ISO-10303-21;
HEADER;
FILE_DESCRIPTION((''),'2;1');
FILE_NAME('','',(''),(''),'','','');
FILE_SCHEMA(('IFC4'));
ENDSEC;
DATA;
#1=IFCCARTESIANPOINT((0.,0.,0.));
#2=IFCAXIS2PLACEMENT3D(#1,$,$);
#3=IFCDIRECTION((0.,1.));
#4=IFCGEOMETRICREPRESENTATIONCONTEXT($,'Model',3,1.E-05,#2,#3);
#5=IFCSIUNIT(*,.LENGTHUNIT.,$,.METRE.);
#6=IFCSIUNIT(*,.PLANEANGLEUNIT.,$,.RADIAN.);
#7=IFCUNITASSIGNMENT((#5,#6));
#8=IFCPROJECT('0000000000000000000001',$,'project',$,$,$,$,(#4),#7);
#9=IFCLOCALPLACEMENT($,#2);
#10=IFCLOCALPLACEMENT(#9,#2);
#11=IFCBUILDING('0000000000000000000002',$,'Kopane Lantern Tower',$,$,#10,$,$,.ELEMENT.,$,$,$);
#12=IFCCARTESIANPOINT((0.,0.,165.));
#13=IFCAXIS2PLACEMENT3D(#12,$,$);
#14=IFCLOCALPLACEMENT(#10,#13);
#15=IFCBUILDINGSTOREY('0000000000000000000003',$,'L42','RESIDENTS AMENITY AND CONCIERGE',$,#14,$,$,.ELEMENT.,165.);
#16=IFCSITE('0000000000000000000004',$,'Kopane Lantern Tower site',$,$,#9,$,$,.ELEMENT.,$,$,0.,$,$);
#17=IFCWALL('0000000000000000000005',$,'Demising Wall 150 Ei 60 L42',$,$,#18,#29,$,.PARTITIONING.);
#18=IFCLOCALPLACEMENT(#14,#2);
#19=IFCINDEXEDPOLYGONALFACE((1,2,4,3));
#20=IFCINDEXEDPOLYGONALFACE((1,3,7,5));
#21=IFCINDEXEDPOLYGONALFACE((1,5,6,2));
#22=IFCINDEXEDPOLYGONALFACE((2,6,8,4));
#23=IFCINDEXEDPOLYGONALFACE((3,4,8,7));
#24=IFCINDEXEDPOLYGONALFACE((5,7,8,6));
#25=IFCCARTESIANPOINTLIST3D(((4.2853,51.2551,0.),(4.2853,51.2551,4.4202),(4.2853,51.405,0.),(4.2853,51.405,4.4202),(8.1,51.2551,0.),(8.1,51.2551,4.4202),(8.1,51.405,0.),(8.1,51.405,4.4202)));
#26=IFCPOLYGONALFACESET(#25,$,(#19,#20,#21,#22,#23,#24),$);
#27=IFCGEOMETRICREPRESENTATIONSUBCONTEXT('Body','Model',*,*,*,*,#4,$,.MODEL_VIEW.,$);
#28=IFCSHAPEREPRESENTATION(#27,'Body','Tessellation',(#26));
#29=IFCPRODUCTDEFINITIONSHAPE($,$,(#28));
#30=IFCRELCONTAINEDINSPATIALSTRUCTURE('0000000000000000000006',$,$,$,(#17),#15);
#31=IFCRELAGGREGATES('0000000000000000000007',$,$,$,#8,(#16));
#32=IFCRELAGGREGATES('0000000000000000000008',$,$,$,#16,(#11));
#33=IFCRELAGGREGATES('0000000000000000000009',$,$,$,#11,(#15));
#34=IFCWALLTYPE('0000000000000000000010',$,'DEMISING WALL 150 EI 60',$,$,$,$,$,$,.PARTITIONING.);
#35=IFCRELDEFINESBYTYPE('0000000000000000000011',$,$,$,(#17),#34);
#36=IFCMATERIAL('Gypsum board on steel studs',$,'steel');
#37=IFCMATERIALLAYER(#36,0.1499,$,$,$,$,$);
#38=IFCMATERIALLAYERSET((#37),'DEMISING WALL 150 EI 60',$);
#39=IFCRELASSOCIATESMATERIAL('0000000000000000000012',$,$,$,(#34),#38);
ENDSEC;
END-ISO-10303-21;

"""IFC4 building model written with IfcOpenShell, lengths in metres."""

from ifc_helpers import new_model, si_unit, direction, frame, frame_2d, origin, place, context, subcontext, project, spatial, rectangle, extrude, material, layer, layer_set, type_object, element, save


model = new_model("IFC4")

# Units and contexts
model_context = context("Model", 3, precision=1e-05, world=origin(), true_north=direction((0.0, 1.0)))
body_context = subcontext(model_context, "Body", "Model", "MODEL_VIEW")
ifc_project = project(units=[si_unit("LENGTHUNIT", "METRE"), si_unit("PLANEANGLEUNIT", "RADIAN")], contexts=[model_context])

# Site, building, storey
site_placement = place(None, origin())
site = spatial("IfcSite", under=ifc_project, at=site_placement, Name="Kopane Lantern Tower site", CompositionType="ELEMENT", RefElevation=0.0)
building_placement = place(site_placement, origin())
building = spatial("IfcBuilding", under=site, at=building_placement, Name="Kopane Lantern Tower", CompositionType="ELEMENT")
storey_placement = place(building_placement, frame((0.0, 0.0, 165.0)))
storey = spatial("IfcBuildingStorey", under=building, at=storey_placement, Name="L42", Description="RESIDENTS AMENITY AND CONCIERGE", CompositionType="ELEMENT", Elevation=165.0)

# Wall
ifc_material_1 = material(Name="Gypsum board on steel studs", Category="steel")
ifc_layer_1 = layer(ifc_material_1, 0.1499)
ifc_layer_set_1 = layer_set([ifc_layer_1], Name="DEMISING WALL 150 EI 60")
wall_type_1 = type_object("IfcWallType", Name="DEMISING WALL 150 EI 60", PredefinedType="PARTITIONING", material=ifc_layer_set_1)
wall_1_placement = place(storey_placement, frame((4.2854, 51.3301, 0.0), z_axis=(0.0, 0.0, 1.0), x_axis=(1.0, 0.0, 0.0)))
element("IfcWall", 1, at=wall_1_placement, inside=storey, type_object=wall_type_1, Name="Demising Wall 150 Ei 60 L42", PredefinedType="PARTITIONING", context=body_context, shape_type="SweptSolid", body=[
    extrude(rectangle(XDim=3.8147, YDim=0.1499, at=frame_2d((1.9072, 0.0))), origin(), (0.0, 0.0, 1.0), 4.4202),
])

save(model, "model.ifc")
